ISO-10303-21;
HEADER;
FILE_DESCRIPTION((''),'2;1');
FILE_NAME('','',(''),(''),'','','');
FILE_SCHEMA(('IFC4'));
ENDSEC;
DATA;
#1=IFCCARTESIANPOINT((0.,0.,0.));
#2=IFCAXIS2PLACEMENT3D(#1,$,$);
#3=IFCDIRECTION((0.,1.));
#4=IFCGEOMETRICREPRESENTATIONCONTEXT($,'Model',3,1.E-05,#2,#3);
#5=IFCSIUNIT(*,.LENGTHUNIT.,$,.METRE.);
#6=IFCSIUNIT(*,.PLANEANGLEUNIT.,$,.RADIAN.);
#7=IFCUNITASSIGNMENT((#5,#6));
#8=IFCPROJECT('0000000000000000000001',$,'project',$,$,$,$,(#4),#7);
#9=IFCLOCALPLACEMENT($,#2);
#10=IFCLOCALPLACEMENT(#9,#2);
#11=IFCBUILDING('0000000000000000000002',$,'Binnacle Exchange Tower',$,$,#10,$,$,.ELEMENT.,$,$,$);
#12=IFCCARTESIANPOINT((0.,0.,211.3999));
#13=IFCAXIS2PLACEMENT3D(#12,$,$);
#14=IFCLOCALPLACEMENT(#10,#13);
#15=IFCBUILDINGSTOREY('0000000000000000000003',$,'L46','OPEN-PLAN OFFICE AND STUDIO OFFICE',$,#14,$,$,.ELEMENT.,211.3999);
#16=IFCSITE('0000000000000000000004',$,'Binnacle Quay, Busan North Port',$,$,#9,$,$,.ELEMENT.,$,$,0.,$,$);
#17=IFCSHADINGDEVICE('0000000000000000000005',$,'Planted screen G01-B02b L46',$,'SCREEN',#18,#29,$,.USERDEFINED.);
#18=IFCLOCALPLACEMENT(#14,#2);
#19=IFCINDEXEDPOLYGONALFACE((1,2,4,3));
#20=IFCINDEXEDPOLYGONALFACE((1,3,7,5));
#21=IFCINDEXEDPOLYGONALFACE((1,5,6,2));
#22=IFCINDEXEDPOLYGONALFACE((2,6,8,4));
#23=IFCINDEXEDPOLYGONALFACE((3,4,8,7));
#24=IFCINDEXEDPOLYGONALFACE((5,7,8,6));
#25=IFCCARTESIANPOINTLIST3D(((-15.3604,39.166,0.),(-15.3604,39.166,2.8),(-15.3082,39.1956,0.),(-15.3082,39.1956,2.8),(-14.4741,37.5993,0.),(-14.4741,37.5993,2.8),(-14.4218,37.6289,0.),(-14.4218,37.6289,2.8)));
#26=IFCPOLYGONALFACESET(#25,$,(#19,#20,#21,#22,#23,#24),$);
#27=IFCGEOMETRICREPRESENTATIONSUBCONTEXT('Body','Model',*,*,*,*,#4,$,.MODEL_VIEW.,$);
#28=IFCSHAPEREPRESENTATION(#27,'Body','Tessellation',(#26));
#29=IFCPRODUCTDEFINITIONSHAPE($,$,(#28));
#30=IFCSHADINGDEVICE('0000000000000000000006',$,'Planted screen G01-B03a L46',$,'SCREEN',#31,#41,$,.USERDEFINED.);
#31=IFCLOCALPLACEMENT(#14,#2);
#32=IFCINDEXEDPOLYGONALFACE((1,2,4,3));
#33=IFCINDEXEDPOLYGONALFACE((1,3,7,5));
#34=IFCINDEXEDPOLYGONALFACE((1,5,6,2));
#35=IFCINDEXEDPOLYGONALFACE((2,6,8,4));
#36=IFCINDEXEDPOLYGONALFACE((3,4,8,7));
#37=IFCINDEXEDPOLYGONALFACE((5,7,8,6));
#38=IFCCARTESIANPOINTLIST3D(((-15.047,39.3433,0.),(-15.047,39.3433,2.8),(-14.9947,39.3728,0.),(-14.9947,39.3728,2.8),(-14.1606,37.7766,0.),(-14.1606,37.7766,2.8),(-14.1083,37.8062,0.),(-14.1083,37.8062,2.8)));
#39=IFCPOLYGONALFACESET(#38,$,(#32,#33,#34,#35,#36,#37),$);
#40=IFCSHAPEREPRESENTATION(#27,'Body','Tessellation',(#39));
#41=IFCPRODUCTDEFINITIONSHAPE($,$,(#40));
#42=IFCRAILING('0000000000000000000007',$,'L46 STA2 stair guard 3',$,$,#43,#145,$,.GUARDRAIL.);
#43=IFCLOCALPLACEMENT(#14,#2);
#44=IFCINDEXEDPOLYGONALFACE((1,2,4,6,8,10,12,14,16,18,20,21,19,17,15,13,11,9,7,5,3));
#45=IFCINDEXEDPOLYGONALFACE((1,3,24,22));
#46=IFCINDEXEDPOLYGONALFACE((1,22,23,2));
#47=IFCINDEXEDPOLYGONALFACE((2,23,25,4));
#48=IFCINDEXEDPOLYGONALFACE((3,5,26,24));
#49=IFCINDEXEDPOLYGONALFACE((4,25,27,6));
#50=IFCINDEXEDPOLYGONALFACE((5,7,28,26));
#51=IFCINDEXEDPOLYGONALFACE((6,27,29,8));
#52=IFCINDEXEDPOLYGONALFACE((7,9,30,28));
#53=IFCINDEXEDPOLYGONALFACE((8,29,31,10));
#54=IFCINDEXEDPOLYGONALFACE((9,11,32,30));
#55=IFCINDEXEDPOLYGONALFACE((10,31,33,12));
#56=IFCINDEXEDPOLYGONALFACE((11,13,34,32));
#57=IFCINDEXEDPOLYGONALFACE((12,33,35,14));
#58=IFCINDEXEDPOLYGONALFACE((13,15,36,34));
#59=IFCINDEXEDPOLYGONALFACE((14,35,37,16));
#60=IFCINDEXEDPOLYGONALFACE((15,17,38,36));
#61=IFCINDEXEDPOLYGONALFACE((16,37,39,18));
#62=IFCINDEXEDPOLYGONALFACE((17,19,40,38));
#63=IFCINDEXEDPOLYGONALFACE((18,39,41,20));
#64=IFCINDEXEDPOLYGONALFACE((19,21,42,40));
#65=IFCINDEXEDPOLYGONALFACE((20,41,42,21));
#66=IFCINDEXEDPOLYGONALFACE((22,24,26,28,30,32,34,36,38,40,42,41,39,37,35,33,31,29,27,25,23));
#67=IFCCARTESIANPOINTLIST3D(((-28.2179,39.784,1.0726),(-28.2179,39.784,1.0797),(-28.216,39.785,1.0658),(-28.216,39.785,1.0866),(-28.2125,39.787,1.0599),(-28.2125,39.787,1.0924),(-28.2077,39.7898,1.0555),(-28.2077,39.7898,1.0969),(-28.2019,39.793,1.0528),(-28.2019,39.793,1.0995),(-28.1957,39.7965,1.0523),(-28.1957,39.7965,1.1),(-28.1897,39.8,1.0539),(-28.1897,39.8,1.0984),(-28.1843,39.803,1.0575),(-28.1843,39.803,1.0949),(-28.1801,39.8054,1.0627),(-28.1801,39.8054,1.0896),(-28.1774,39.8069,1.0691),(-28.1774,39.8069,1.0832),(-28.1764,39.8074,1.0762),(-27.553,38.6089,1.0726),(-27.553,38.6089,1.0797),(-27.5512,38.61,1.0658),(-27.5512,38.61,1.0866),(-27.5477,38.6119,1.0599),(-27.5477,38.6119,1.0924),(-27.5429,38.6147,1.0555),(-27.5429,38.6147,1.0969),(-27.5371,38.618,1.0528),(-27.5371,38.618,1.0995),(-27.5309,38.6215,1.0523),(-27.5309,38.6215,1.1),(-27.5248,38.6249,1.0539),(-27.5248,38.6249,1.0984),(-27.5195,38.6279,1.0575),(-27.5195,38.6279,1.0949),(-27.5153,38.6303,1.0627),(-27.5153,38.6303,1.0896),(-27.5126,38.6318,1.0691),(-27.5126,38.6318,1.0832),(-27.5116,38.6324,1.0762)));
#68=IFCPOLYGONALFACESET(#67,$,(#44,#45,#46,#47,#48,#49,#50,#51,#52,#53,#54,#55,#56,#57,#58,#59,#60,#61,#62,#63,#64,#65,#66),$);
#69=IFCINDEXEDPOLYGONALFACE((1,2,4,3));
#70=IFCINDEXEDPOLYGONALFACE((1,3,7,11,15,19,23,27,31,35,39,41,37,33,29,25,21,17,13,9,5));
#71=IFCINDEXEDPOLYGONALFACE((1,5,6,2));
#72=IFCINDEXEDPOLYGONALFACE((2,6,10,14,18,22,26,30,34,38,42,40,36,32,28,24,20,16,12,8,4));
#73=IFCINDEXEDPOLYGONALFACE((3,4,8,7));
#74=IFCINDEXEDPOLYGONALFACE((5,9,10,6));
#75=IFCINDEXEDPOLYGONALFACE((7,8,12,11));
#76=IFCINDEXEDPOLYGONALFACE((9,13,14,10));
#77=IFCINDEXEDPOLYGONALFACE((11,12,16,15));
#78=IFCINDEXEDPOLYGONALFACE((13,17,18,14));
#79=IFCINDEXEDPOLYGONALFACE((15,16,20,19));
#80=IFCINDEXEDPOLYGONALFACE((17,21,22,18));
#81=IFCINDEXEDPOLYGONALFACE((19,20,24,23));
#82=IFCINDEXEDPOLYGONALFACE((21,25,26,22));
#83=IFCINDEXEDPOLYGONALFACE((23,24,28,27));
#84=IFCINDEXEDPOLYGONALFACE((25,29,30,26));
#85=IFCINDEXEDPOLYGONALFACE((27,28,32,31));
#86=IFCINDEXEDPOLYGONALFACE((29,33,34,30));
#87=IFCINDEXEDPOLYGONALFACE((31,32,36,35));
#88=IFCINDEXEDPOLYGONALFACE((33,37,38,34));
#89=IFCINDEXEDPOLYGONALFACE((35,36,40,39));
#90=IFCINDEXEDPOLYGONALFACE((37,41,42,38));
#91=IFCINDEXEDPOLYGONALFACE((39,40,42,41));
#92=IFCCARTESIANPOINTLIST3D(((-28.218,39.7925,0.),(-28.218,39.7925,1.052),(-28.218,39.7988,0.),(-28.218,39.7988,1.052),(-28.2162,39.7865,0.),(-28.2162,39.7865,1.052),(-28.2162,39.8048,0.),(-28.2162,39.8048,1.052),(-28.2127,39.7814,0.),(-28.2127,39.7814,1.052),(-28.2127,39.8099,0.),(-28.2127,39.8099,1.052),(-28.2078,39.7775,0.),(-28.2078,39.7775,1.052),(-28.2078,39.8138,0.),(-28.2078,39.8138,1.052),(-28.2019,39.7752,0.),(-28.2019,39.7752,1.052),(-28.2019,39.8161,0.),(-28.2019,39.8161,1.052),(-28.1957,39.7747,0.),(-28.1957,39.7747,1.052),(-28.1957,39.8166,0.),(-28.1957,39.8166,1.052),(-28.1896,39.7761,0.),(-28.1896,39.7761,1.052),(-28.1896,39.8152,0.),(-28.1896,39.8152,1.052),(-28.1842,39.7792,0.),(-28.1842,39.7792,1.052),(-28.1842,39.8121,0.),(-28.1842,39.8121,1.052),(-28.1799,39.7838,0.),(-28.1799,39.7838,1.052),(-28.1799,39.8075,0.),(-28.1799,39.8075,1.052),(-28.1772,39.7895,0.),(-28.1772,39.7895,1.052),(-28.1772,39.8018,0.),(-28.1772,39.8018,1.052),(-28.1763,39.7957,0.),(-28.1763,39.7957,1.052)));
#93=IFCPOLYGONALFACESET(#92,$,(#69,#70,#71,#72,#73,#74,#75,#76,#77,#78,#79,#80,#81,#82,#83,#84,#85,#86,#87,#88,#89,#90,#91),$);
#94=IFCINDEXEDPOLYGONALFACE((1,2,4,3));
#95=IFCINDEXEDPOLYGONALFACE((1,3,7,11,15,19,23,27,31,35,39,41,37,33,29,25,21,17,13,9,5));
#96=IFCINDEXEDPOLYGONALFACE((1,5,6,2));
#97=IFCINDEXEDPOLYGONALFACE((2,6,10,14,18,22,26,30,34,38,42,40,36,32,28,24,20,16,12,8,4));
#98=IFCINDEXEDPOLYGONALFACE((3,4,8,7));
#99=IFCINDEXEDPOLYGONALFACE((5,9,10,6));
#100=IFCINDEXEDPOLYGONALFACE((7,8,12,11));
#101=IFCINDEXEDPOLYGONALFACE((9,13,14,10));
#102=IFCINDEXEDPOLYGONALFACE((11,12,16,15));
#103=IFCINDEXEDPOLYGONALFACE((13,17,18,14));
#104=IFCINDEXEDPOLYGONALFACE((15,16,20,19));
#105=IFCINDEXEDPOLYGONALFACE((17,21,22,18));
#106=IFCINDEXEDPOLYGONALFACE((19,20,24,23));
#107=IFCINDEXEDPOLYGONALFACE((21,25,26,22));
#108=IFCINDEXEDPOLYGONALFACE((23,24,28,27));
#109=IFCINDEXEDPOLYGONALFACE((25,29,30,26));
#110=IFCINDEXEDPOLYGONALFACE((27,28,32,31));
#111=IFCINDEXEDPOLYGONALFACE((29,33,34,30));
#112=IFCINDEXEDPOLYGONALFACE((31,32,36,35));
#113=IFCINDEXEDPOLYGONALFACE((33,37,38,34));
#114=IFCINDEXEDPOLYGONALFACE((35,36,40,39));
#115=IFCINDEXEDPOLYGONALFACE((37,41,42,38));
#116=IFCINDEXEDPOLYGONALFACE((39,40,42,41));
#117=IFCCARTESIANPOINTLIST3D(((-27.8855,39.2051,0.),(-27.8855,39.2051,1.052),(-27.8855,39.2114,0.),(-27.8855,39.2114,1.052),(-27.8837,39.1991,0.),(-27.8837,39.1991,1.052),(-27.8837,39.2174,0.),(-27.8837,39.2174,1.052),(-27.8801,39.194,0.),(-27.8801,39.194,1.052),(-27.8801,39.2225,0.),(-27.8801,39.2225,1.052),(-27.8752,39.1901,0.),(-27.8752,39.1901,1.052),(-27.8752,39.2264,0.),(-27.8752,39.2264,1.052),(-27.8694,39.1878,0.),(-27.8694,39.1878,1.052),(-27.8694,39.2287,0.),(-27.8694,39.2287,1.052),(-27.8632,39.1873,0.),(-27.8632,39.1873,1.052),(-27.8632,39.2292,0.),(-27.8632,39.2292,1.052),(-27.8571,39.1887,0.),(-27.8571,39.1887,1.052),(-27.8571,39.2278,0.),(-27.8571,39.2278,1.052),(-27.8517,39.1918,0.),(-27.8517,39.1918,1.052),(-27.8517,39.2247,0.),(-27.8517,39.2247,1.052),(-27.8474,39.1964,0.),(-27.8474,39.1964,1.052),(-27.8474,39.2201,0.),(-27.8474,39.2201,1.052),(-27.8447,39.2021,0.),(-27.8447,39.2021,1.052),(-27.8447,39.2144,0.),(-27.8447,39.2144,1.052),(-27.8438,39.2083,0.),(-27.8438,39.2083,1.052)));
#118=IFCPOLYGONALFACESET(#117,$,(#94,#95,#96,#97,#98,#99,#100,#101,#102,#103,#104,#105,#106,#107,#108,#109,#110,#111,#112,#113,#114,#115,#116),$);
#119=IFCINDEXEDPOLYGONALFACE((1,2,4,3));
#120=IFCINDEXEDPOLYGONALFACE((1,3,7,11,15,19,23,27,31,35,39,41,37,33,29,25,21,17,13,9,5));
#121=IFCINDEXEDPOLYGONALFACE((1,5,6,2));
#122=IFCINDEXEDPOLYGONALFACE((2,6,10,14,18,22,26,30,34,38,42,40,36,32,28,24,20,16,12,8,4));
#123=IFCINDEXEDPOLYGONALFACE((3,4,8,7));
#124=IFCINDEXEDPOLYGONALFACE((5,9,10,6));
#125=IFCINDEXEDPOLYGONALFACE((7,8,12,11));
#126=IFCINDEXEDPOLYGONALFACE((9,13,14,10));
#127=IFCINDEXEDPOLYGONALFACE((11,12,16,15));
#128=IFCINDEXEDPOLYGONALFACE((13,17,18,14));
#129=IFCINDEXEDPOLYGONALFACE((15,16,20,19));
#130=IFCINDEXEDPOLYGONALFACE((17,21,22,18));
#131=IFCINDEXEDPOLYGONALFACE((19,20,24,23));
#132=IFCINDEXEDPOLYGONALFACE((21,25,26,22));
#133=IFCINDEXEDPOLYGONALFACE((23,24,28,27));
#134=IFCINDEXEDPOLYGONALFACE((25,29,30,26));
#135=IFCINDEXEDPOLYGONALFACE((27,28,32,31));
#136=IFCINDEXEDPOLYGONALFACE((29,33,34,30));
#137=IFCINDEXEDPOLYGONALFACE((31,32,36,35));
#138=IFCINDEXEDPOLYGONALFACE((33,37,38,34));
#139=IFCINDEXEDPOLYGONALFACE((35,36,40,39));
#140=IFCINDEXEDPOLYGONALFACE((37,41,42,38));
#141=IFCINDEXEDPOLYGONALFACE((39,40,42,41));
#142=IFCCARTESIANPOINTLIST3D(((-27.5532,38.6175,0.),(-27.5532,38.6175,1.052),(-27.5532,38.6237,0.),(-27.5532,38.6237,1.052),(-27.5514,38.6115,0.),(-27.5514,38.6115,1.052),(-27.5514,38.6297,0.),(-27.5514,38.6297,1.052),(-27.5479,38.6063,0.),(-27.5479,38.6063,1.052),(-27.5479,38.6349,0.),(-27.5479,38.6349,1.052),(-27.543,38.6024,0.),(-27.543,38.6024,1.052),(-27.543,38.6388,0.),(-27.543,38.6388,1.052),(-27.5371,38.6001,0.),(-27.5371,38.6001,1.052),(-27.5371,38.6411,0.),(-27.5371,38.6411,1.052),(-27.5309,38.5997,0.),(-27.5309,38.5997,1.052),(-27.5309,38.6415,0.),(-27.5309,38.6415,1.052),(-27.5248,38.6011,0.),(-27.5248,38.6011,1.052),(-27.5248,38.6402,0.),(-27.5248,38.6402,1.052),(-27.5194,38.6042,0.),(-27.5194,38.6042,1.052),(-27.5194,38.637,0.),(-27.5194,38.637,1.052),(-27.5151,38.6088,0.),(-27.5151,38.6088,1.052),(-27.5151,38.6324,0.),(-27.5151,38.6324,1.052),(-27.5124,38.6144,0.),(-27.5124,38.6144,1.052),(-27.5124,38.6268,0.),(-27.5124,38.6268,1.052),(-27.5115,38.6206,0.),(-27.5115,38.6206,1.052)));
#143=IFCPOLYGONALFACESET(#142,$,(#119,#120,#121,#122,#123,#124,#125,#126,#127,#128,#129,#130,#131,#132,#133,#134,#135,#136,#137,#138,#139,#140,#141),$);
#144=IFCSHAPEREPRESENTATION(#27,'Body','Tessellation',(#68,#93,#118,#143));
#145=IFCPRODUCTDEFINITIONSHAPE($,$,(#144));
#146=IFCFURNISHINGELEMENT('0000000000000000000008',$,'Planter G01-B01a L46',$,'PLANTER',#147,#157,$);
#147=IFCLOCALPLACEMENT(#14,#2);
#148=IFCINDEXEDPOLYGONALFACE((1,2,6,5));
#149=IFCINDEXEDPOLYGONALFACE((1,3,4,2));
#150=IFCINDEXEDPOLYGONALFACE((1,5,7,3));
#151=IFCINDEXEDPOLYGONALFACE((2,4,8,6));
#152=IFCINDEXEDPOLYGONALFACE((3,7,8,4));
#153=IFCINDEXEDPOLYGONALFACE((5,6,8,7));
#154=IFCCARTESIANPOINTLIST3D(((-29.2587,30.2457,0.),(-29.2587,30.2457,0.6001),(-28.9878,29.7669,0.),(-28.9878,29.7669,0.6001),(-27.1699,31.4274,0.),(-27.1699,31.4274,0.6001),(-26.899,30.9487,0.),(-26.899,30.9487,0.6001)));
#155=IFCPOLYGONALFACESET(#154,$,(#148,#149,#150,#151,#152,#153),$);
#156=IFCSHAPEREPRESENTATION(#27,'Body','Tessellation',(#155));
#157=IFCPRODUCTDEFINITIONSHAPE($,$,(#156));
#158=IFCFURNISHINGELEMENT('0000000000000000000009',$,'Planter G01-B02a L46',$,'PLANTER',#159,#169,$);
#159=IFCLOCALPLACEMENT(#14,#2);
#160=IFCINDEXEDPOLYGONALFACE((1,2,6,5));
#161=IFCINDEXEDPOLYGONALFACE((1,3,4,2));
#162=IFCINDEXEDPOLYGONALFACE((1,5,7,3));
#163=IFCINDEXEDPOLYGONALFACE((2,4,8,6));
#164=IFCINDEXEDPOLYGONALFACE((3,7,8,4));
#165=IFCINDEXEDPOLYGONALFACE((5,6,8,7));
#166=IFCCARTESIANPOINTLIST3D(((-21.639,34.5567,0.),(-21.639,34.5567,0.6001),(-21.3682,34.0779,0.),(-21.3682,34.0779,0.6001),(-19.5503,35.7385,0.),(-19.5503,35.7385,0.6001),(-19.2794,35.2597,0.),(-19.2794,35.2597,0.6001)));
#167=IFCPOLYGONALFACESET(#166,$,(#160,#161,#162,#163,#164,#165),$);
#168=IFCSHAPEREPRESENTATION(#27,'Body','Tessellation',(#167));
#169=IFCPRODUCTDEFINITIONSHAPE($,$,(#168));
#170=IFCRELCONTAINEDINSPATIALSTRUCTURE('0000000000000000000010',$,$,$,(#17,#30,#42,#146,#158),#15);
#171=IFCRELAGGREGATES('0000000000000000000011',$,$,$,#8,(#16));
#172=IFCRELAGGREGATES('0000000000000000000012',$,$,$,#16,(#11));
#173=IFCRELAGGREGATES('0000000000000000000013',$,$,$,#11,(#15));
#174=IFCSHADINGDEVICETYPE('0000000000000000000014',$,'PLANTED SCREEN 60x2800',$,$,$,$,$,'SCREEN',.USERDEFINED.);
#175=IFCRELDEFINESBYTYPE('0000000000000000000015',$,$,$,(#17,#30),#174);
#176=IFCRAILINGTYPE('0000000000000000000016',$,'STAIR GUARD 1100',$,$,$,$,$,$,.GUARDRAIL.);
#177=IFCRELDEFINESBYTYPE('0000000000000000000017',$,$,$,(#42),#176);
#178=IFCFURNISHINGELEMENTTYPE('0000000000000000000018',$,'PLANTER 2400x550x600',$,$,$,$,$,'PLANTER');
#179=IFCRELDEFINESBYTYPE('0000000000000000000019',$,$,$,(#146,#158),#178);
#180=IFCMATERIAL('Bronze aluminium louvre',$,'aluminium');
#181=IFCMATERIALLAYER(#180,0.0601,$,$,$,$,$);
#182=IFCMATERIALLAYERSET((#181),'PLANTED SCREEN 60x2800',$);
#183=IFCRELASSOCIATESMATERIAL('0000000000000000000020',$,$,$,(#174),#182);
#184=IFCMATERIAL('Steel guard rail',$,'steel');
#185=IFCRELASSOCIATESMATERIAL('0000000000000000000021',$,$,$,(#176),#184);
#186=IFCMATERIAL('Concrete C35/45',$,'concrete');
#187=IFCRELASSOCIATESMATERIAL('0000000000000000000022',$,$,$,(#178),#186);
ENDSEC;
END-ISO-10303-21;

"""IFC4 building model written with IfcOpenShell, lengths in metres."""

from ifc_helpers import new_model, si_unit, direction, frame, origin, origin_2d, place, context, subcontext, project, spatial, rectangle, circle, extrude, material, layer, layer_set, type_object, element, save


model = new_model("IFC4")

# Units and contexts
model_context = context("Model", 3, precision=1e-05, world=origin(), true_north=direction((0.0, 1.0)))
body_context = subcontext(model_context, "Body", "Model", "MODEL_VIEW")
ifc_project = project(units=[si_unit("LENGTHUNIT", "METRE"), si_unit("PLANEANGLEUNIT", "RADIAN")], contexts=[model_context])

# Site, building, storey
site_placement = place(None, origin())
site = spatial("IfcSite", under=ifc_project, at=site_placement, Name="Binnacle Quay, Busan North Port", CompositionType="ELEMENT", RefElevation=0.0)
building_placement = place(site_placement, origin())
building = spatial("IfcBuilding", under=site, at=building_placement, Name="Binnacle Exchange Tower", CompositionType="ELEMENT")
storey_placement = place(building_placement, frame((0.0, 0.0, 211.3999)))
storey = spatial("IfcBuildingStorey", under=building, at=storey_placement, Name="L46", Description="OPEN-PLAN OFFICE AND STUDIO OFFICE", CompositionType="ELEMENT", Elevation=211.3999)

# Shading devices
ifc_material_1 = material(Name="Bronze aluminium louvre", Category="aluminium")
ifc_layer_1 = layer(ifc_material_1, 0.0601)
ifc_layer_set_1 = layer_set([ifc_layer_1], Name="PLANTED SCREEN 60x2800")
shading_device_type = type_object("IfcShadingDeviceType", Name="PLANTED SCREEN 60x2800", ElementType="SCREEN", PredefinedType="USERDEFINED", material=ifc_layer_set_1)
for number, where, z_axis, x_axis, name in (
    (1, (-14.8911, 38.3975, 0.0), (0.0, 0.0, 1.0), (0.870356, 0.492424, 0.0), "Planted screen G01-B02b L46"),
    (2, (-14.5776, 38.5747, 0.0), (0.0, 0.0, 1.0), (0.870356, 0.492424, 0.0), "Planted screen G01-B03a L46"),
):
    element("IfcShadingDevice", number, at=place(storey_placement, frame(where, z_axis=z_axis, x_axis=x_axis)), inside=storey, type_object=shading_device_type, Name=name, ObjectType="SCREEN", PredefinedType="USERDEFINED", context=body_context, shape_type="SweptSolid", body=[
        extrude(rectangle(XDim=0.0601, YDim=1.8, at=origin_2d()), origin(), (0.0, 0.0, 1.0), 2.8),
    ])

# Railing
ifc_material_2 = material(Name="Steel guard rail", Category="steel")
railing_type_1 = type_object("IfcRailingType", Name="STAIR GUARD 1100", PredefinedType="GUARDRAIL", material=ifc_material_2)
railing_placement = place(storey_placement, frame((-28.1973, 39.7957, 0.0)))
element("IfcRailing", 3, at=railing_placement, inside=storey, type_object=railing_type_1, Name="L46 STA2 stair guard 3", PredefinedType="GUARDRAIL", context=body_context, shape_type="SweptSolid", body=[
    extrude(circle(Radius=0.0239, at=origin_2d()), frame((0.0, 0.0, 1.0762), z_axis=(0.492415, -0.870361, 0.0), x_axis=(0.870361, 0.492415, 0.0)), (0.0, 0.0, 1.0), 1.3501),
    extrude(circle(Radius=0.021, at=origin_2d()), origin(), (0.0, 0.0, 1.0), 1.052),
    extrude(circle(Radius=0.021, at=origin_2d()), frame((0.3325, -0.5874, 0.0)), (0.0, 0.0, 1.0), 1.052),
    extrude(circle(Radius=0.021, at=origin_2d()), frame((0.6648, -1.175, 0.0)), (0.0, 0.0, 1.0), 1.052),
])

# Furnishing elements
ifc_material_3 = material(Name="Concrete C35/45", Category="concrete")
furnishing_element_type = type_object("IfcFurnishingElementType", Name="PLANTER 2400x550x600", ElementType="PLANTER", material=ifc_material_3)
for number, where, z_axis, x_axis, name in (
    (4, (-28.0789, 30.5972, 0.0), (0.0, 0.0, 1.0), (0.870356, 0.492424, 0.0), "Planter G01-B01a L46"),
    (5, (-20.4592, 34.9082, 0.0), (0.0, 0.0, 1.0), (0.870356, 0.492424, 0.0), "Planter G01-B02a L46"),
):
    element("IfcFurnishingElement", number, at=place(storey_placement, frame(where, z_axis=z_axis, x_axis=x_axis)), inside=storey, type_object=furnishing_element_type, Name=name, ObjectType="PLANTER", context=body_context, shape_type="SweptSolid", body=[
        extrude(rectangle(XDim=2.3999, YDim=0.55, at=origin_2d()), origin(), (0.0, 0.0, 1.0), 0.6001),
    ])

save(model, "model.ifc")
